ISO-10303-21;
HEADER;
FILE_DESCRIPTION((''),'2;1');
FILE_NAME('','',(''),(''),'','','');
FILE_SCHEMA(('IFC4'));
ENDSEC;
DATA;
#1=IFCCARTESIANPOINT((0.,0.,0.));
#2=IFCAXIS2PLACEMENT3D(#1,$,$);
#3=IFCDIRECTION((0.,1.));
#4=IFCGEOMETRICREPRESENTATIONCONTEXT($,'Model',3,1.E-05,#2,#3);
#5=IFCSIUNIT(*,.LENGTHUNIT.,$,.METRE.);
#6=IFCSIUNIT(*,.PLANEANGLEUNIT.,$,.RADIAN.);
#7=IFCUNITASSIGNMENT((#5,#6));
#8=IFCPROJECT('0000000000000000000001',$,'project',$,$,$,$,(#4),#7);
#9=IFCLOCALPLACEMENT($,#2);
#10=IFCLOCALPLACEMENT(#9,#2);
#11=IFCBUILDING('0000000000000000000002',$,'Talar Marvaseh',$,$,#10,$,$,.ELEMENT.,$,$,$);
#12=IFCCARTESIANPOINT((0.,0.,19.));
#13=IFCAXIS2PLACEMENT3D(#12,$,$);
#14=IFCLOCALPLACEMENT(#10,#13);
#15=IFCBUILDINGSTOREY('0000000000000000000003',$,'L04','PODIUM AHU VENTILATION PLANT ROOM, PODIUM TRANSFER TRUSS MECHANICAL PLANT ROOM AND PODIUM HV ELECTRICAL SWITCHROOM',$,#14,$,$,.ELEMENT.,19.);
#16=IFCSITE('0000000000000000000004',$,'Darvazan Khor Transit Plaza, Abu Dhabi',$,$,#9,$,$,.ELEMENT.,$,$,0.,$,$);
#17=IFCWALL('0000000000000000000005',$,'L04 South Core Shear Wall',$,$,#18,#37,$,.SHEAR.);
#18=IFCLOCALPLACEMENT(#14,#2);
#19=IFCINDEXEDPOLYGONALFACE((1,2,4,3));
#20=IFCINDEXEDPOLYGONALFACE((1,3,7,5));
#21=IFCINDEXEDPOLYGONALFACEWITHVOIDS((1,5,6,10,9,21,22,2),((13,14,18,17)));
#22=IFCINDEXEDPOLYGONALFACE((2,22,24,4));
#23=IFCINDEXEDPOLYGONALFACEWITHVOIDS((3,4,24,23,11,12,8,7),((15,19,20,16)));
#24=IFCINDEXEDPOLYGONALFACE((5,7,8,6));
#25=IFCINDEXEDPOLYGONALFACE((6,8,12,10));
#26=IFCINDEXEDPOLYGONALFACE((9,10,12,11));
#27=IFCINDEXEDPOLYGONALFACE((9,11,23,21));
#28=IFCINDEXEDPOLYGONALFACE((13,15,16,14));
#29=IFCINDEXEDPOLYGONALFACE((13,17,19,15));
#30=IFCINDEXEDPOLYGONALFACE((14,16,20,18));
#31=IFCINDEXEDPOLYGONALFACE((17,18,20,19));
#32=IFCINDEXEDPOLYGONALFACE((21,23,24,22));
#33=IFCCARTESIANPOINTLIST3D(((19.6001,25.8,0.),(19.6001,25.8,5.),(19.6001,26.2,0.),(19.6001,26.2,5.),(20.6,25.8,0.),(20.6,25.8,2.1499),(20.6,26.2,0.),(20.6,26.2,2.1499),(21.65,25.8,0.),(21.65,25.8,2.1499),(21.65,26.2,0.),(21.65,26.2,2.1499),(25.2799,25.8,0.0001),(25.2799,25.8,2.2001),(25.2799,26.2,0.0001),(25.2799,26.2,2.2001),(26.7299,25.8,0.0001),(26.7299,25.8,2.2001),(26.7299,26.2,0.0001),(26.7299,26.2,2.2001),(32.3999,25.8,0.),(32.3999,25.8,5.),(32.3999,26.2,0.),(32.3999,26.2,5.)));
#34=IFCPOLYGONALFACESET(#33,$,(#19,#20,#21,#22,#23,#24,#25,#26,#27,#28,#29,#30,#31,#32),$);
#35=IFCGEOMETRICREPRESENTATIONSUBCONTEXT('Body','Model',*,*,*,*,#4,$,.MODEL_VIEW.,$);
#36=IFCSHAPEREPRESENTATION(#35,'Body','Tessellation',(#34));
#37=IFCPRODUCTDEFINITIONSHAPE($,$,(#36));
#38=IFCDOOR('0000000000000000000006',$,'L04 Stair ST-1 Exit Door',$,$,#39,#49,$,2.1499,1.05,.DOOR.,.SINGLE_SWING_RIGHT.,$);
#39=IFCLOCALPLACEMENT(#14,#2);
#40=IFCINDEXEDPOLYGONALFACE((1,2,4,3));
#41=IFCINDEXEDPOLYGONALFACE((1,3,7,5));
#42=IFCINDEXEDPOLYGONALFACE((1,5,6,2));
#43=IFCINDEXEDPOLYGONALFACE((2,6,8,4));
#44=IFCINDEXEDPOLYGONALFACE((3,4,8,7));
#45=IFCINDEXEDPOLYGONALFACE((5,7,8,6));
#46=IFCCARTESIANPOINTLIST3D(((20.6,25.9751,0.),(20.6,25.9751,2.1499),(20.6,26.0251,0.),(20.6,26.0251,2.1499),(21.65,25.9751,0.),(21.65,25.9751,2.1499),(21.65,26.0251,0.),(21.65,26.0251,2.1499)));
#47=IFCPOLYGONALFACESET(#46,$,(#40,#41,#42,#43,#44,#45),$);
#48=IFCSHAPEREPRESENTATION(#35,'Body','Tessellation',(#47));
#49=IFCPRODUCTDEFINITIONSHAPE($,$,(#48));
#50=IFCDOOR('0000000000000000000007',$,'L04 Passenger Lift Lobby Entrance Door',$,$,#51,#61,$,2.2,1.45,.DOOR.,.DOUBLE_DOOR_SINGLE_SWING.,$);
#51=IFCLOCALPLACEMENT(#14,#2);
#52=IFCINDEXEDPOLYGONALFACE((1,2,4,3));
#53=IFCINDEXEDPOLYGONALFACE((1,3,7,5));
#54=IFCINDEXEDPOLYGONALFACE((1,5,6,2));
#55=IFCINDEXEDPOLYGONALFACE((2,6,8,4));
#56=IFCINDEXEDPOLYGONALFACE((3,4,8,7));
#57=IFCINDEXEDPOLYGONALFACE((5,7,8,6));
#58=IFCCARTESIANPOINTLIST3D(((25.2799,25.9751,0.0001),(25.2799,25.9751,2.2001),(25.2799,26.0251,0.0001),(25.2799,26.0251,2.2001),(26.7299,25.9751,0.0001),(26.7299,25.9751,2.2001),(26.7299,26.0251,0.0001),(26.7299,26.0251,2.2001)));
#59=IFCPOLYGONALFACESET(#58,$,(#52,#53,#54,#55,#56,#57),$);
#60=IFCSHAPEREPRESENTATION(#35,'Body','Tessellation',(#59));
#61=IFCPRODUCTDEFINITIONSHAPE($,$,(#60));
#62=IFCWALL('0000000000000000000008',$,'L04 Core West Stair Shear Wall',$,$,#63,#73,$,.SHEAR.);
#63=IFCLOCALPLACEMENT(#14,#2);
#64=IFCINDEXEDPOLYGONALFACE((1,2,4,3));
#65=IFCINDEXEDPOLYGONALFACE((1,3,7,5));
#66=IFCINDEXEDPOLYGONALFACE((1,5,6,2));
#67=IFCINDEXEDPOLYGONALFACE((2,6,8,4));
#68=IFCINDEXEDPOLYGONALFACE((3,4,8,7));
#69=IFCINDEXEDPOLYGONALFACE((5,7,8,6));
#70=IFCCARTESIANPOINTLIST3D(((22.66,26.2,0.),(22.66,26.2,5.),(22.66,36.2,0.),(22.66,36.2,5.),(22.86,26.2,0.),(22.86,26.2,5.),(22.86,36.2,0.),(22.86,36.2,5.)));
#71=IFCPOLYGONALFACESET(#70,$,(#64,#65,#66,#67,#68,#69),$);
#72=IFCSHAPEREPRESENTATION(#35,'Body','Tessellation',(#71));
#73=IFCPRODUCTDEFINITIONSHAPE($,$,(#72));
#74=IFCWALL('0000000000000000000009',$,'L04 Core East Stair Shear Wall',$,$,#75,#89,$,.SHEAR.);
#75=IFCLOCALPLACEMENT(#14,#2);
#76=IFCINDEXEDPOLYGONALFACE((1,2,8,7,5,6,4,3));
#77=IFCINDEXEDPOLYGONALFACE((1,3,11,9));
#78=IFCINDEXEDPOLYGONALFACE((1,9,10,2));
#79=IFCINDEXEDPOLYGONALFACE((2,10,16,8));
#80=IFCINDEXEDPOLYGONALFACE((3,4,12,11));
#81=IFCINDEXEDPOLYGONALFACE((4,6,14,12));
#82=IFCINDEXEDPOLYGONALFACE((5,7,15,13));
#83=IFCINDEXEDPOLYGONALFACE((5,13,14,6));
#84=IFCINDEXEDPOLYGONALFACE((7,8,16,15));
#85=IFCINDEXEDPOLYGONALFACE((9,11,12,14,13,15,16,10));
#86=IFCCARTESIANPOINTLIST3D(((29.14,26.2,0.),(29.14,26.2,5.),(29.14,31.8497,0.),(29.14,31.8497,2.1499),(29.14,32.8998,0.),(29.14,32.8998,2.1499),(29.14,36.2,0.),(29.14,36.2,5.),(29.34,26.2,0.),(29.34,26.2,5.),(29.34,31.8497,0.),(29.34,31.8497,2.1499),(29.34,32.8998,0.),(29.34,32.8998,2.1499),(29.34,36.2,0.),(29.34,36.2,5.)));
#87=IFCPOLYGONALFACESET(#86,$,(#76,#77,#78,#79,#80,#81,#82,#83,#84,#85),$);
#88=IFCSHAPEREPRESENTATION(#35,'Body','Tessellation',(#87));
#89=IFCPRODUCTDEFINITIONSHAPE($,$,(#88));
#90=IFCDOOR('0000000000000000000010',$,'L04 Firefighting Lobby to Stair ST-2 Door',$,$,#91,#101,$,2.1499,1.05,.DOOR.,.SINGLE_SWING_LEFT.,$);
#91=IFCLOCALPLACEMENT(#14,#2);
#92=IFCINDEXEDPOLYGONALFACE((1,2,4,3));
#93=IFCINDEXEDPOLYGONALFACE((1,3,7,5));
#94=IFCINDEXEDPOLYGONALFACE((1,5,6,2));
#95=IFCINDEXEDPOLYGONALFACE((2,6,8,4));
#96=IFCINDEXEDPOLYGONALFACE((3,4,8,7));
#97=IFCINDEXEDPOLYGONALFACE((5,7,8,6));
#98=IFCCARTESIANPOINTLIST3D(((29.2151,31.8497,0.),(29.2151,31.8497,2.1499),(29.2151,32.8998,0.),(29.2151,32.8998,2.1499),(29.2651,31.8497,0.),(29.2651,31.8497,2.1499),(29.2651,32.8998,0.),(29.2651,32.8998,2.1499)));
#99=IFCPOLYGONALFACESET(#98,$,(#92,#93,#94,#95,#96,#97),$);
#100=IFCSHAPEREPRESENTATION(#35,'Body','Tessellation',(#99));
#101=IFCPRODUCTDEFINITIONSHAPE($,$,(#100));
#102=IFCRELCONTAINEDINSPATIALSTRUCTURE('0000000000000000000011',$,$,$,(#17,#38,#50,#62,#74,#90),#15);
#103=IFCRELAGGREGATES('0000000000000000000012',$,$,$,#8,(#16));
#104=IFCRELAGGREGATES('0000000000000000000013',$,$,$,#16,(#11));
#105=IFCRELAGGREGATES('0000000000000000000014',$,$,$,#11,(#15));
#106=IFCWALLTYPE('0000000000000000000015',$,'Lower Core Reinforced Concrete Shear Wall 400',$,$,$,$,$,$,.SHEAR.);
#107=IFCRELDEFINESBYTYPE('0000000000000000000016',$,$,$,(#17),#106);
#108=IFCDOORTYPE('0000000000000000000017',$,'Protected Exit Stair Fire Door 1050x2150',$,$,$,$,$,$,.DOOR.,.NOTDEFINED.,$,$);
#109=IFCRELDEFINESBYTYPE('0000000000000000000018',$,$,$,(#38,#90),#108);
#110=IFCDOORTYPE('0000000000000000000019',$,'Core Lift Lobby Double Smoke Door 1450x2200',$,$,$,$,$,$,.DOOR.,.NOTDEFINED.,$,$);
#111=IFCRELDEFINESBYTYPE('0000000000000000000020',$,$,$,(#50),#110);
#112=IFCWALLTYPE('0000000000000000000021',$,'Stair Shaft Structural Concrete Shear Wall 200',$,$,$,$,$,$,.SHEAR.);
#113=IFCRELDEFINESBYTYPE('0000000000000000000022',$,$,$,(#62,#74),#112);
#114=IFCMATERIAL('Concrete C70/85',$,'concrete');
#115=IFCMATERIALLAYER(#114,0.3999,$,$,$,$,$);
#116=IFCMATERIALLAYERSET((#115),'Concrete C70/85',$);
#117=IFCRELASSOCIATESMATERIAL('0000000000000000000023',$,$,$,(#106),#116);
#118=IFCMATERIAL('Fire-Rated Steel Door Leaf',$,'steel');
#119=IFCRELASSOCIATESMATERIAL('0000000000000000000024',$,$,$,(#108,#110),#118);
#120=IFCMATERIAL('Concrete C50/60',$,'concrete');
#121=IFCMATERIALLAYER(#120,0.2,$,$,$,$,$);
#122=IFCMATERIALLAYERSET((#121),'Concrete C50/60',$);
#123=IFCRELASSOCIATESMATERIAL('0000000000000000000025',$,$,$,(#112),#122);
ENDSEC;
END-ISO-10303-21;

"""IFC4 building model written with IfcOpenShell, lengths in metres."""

from ifc_helpers import new_model, si_unit, direction, frame, frame_2d, origin, place, context, subcontext, project, spatial, rectangle, extrude, source, transform, mapped, material, layer, layer_set, type_object, type_shapes, element, fill, save


model = new_model("IFC4")

# Units and contexts
model_context = context("Model", 3, precision=1e-05, world=origin(), true_north=direction((0.0, 1.0)))
body_context = subcontext(model_context, "Body", "Model", "MODEL_VIEW")
ifc_project = project(units=[si_unit("LENGTHUNIT", "METRE"), si_unit("PLANEANGLEUNIT", "RADIAN")], contexts=[model_context])

# Site, building, storey
site_placement = place(None, origin())
site = spatial("IfcSite", under=ifc_project, at=site_placement, Name="Darvazan Khor Transit Plaza, Abu Dhabi", CompositionType="ELEMENT", RefElevation=0.0)
building_placement = place(site_placement, origin())
building = spatial("IfcBuilding", under=site, at=building_placement, Name="Talar Marvaseh", CompositionType="ELEMENT")
storey_placement = place(building_placement, frame((0.0, 0.0, 19.0)))
storey = spatial("IfcBuildingStorey", under=building, at=storey_placement, Name="L04", Description="PODIUM AHU VENTILATION PLANT ROOM, PODIUM TRANSFER TRUSS MECHANICAL PLANT ROOM AND PODIUM HV ELECTRICAL SWITCHROOM", CompositionType="ELEMENT", Elevation=19.0)

# Shared definitions
ifc_material_1 = material(Name="Concrete C70/85", Category="concrete")

# Shared definitions
ifc_layer_1 = layer(ifc_material_1, 0.3999)
ifc_layer_set_1 = layer_set([ifc_layer_1], Name="Concrete C70/85")
wall_type_1 = type_object("IfcWallType", Name="Lower Core Reinforced Concrete Shear Wall 400", PredefinedType="SHEAR", material=ifc_layer_set_1)

# Wall, openings, doors
wall_1_placement = place(storey_placement, frame((32.3999, 26.0, 0.0), z_axis=(0.0, 0.0, 1.0), x_axis=(-1.0, 0.0, 0.0)))
wall_1 = element("IfcWall", 1, at=wall_1_placement, inside=storey, type_object=wall_type_1, Name="L04 South Core Shear Wall", PredefinedType="SHEAR", context=body_context, shape_type="SweptSolid", body=[
    extrude(rectangle(XDim=12.7998, YDim=0.3999, at=frame_2d((6.3999, 0.0))), origin(), (0.0, 0.0, 1.0), 5.0),
])
opening_1_placement = place(wall_1_placement, frame((10.75, 0.0, 0.0)))
opening_1 = element("IfcOpeningElement", 2, at=opening_1_placement, cuts=wall_1, PredefinedType="OPENING", context=body_context, shape_type="SweptSolid", body=[
    extrude(rectangle(XDim=1.05, YDim=2.1499, at=frame_2d((0.5249, 1.075))), frame((0.0, 0.21, 0.0), z_axis=(0.0, -1.0, 0.0), x_axis=(1.0, 0.0, 0.0)), (0.0, 0.0, 1.0), 0.4199),
])
opening_2_placement = place(wall_1_placement, frame((5.6699, 0.0, 0.0)))
opening_2 = element("IfcOpeningElement", 3, at=opening_2_placement, cuts=wall_1, PredefinedType="OPENING", context=body_context, shape_type="SweptSolid", body=[
    extrude(rectangle(XDim=1.45, YDim=2.2, at=frame_2d((0.7251, 1.1001))), frame((0.0, 0.21, 0.0), z_axis=(0.0, -1.0, 0.0), x_axis=(1.0, 0.0, 0.0)), (0.0, 0.0, 1.0), 0.4199),
])
ifc_material_2 = material(Name="Fire-Rated Steel Door Leaf", Category="steel")
door_type_1 = type_object("IfcDoorType", Name="Protected Exit Stair Fire Door 1050x2150", OperationType="NOTDEFINED", PredefinedType="DOOR", material=ifc_material_2)
shared_shape_1 = source(origin(), body_context, "Body", "SweptSolid", [
    extrude(rectangle(XDim=1.05, YDim=2.1499, at=frame_2d((0.5249, 1.075))), frame((0.0, 0.0249, 0.0), z_axis=(0.0, -1.0, 0.0), x_axis=(1.0, 0.0, 0.0)), (0.0, 0.0, 1.0), 0.05),
])
type_shapes(door_type_1, [shared_shape_1])
door_1_placement = place(opening_1_placement, origin())
door_1 = element("IfcDoor", 4, at=door_1_placement, inside=storey, type_object=door_type_1, Name="L04 Stair ST-1 Exit Door", OperationType="SINGLE_SWING_RIGHT", OverallHeight=2.1499, OverallWidth=1.05, PredefinedType="DOOR", context=body_context, shape_type="MappedRepresentation", body=[
    mapped(shared_shape_1, transform((0.0, 0.0, 0.0), x_axis=(1.0, 0.0, 0.0), y_axis=(0.0, 1.0, 0.0), z_axis=(0.0, 0.0, 1.0), scale=1.0)),
])
fill(opening_1, door_1)
door_type_2 = type_object("IfcDoorType", Name="Core Lift Lobby Double Smoke Door 1450x2200", OperationType="NOTDEFINED", PredefinedType="DOOR", material=ifc_material_2)
shared_shape_2 = source(origin(), body_context, "Body", "SweptSolid", [
    extrude(rectangle(XDim=1.45, YDim=2.2, at=frame_2d((0.7251, 1.1001))), frame((0.0, 0.0249, 0.0), z_axis=(0.0, -1.0, 0.0), x_axis=(1.0, 0.0, 0.0)), (0.0, 0.0, 1.0), 0.05),
])
type_shapes(door_type_2, [shared_shape_2])
door_2_placement = place(opening_2_placement, origin())
door_2 = element("IfcDoor", 5, at=door_2_placement, inside=storey, type_object=door_type_2, Name="L04 Passenger Lift Lobby Entrance Door", OperationType="DOUBLE_DOOR_SINGLE_SWING", OverallHeight=2.2, OverallWidth=1.45, PredefinedType="DOOR", context=body_context, shape_type="MappedRepresentation", body=[
    mapped(shared_shape_2, transform((0.0, 0.0, 0.0), x_axis=(1.0, 0.0, 0.0), y_axis=(0.0, 1.0, 0.0), z_axis=(0.0, 0.0, 1.0), scale=1.0)),
])
fill(opening_2, door_2)

# Wall
ifc_material_3 = material(Name="Concrete C50/60", Category="concrete")
ifc_layer_2 = layer(ifc_material_3, 0.2)
ifc_layer_set_2 = layer_set([ifc_layer_2], Name="Concrete C50/60")
wall_type_2 = type_object("IfcWallType", Name="Stair Shaft Structural Concrete Shear Wall 200", PredefinedType="SHEAR", material=ifc_layer_set_2)
wall_2_placement = place(storey_placement, frame((22.76, 26.2, 0.0), z_axis=(0.0, 0.0, 1.0), x_axis=(0.0, 1.0, 0.0)))
element("IfcWall", 6, at=wall_2_placement, inside=storey, type_object=wall_type_2, Name="L04 Core West Stair Shear Wall", PredefinedType="SHEAR", context=body_context, shape_type="SweptSolid", body=[
    extrude(rectangle(XDim=10.0, YDim=0.2, at=frame_2d((5.0, 0.0))), origin(), (0.0, 0.0, 1.0), 5.0),
])

# Wall, opening, door
wall_3_placement = place(storey_placement, frame((29.24, 26.2, 0.0), z_axis=(0.0, 0.0, 1.0), x_axis=(0.0, 1.0, 0.0)))
wall_3 = element("IfcWall", 7, at=wall_3_placement, inside=storey, type_object=wall_type_2, Name="L04 Core East Stair Shear Wall", PredefinedType="SHEAR", context=body_context, shape_type="SweptSolid", body=[
    extrude(rectangle(XDim=10.0, YDim=0.2, at=frame_2d((5.0, 0.0))), origin(), (0.0, 0.0, 1.0), 5.0),
])
opening_3_placement = place(wall_3_placement, frame((5.6499, 0.0, 0.0)))
opening_3 = element("IfcOpeningElement", 8, at=opening_3_placement, cuts=wall_3, PredefinedType="OPENING", context=body_context, shape_type="SweptSolid", body=[
    extrude(rectangle(XDim=1.05, YDim=2.1499, at=frame_2d((0.5249, 1.075))), frame((0.0, 0.1099, 0.0), z_axis=(0.0, -1.0, 0.0), x_axis=(1.0, 0.0, 0.0)), (0.0, 0.0, 1.0), 0.22),
])
door_3_placement = place(opening_3_placement, origin())
door_3 = element("IfcDoor", 9, at=door_3_placement, inside=storey, type_object=door_type_1, Name="L04 Firefighting Lobby to Stair ST-2 Door", OperationType="SINGLE_SWING_LEFT", OverallHeight=2.1499, OverallWidth=1.05, PredefinedType="DOOR", context=body_context, shape_type="MappedRepresentation", body=[
    mapped(shared_shape_1, transform((0.0, 0.0, 0.0), x_axis=(1.0, 0.0, 0.0), y_axis=(0.0, 1.0, 0.0), z_axis=(0.0, 0.0, 1.0), scale=1.0)),
])
fill(opening_3, door_3)

save(model, "model.ifc")
